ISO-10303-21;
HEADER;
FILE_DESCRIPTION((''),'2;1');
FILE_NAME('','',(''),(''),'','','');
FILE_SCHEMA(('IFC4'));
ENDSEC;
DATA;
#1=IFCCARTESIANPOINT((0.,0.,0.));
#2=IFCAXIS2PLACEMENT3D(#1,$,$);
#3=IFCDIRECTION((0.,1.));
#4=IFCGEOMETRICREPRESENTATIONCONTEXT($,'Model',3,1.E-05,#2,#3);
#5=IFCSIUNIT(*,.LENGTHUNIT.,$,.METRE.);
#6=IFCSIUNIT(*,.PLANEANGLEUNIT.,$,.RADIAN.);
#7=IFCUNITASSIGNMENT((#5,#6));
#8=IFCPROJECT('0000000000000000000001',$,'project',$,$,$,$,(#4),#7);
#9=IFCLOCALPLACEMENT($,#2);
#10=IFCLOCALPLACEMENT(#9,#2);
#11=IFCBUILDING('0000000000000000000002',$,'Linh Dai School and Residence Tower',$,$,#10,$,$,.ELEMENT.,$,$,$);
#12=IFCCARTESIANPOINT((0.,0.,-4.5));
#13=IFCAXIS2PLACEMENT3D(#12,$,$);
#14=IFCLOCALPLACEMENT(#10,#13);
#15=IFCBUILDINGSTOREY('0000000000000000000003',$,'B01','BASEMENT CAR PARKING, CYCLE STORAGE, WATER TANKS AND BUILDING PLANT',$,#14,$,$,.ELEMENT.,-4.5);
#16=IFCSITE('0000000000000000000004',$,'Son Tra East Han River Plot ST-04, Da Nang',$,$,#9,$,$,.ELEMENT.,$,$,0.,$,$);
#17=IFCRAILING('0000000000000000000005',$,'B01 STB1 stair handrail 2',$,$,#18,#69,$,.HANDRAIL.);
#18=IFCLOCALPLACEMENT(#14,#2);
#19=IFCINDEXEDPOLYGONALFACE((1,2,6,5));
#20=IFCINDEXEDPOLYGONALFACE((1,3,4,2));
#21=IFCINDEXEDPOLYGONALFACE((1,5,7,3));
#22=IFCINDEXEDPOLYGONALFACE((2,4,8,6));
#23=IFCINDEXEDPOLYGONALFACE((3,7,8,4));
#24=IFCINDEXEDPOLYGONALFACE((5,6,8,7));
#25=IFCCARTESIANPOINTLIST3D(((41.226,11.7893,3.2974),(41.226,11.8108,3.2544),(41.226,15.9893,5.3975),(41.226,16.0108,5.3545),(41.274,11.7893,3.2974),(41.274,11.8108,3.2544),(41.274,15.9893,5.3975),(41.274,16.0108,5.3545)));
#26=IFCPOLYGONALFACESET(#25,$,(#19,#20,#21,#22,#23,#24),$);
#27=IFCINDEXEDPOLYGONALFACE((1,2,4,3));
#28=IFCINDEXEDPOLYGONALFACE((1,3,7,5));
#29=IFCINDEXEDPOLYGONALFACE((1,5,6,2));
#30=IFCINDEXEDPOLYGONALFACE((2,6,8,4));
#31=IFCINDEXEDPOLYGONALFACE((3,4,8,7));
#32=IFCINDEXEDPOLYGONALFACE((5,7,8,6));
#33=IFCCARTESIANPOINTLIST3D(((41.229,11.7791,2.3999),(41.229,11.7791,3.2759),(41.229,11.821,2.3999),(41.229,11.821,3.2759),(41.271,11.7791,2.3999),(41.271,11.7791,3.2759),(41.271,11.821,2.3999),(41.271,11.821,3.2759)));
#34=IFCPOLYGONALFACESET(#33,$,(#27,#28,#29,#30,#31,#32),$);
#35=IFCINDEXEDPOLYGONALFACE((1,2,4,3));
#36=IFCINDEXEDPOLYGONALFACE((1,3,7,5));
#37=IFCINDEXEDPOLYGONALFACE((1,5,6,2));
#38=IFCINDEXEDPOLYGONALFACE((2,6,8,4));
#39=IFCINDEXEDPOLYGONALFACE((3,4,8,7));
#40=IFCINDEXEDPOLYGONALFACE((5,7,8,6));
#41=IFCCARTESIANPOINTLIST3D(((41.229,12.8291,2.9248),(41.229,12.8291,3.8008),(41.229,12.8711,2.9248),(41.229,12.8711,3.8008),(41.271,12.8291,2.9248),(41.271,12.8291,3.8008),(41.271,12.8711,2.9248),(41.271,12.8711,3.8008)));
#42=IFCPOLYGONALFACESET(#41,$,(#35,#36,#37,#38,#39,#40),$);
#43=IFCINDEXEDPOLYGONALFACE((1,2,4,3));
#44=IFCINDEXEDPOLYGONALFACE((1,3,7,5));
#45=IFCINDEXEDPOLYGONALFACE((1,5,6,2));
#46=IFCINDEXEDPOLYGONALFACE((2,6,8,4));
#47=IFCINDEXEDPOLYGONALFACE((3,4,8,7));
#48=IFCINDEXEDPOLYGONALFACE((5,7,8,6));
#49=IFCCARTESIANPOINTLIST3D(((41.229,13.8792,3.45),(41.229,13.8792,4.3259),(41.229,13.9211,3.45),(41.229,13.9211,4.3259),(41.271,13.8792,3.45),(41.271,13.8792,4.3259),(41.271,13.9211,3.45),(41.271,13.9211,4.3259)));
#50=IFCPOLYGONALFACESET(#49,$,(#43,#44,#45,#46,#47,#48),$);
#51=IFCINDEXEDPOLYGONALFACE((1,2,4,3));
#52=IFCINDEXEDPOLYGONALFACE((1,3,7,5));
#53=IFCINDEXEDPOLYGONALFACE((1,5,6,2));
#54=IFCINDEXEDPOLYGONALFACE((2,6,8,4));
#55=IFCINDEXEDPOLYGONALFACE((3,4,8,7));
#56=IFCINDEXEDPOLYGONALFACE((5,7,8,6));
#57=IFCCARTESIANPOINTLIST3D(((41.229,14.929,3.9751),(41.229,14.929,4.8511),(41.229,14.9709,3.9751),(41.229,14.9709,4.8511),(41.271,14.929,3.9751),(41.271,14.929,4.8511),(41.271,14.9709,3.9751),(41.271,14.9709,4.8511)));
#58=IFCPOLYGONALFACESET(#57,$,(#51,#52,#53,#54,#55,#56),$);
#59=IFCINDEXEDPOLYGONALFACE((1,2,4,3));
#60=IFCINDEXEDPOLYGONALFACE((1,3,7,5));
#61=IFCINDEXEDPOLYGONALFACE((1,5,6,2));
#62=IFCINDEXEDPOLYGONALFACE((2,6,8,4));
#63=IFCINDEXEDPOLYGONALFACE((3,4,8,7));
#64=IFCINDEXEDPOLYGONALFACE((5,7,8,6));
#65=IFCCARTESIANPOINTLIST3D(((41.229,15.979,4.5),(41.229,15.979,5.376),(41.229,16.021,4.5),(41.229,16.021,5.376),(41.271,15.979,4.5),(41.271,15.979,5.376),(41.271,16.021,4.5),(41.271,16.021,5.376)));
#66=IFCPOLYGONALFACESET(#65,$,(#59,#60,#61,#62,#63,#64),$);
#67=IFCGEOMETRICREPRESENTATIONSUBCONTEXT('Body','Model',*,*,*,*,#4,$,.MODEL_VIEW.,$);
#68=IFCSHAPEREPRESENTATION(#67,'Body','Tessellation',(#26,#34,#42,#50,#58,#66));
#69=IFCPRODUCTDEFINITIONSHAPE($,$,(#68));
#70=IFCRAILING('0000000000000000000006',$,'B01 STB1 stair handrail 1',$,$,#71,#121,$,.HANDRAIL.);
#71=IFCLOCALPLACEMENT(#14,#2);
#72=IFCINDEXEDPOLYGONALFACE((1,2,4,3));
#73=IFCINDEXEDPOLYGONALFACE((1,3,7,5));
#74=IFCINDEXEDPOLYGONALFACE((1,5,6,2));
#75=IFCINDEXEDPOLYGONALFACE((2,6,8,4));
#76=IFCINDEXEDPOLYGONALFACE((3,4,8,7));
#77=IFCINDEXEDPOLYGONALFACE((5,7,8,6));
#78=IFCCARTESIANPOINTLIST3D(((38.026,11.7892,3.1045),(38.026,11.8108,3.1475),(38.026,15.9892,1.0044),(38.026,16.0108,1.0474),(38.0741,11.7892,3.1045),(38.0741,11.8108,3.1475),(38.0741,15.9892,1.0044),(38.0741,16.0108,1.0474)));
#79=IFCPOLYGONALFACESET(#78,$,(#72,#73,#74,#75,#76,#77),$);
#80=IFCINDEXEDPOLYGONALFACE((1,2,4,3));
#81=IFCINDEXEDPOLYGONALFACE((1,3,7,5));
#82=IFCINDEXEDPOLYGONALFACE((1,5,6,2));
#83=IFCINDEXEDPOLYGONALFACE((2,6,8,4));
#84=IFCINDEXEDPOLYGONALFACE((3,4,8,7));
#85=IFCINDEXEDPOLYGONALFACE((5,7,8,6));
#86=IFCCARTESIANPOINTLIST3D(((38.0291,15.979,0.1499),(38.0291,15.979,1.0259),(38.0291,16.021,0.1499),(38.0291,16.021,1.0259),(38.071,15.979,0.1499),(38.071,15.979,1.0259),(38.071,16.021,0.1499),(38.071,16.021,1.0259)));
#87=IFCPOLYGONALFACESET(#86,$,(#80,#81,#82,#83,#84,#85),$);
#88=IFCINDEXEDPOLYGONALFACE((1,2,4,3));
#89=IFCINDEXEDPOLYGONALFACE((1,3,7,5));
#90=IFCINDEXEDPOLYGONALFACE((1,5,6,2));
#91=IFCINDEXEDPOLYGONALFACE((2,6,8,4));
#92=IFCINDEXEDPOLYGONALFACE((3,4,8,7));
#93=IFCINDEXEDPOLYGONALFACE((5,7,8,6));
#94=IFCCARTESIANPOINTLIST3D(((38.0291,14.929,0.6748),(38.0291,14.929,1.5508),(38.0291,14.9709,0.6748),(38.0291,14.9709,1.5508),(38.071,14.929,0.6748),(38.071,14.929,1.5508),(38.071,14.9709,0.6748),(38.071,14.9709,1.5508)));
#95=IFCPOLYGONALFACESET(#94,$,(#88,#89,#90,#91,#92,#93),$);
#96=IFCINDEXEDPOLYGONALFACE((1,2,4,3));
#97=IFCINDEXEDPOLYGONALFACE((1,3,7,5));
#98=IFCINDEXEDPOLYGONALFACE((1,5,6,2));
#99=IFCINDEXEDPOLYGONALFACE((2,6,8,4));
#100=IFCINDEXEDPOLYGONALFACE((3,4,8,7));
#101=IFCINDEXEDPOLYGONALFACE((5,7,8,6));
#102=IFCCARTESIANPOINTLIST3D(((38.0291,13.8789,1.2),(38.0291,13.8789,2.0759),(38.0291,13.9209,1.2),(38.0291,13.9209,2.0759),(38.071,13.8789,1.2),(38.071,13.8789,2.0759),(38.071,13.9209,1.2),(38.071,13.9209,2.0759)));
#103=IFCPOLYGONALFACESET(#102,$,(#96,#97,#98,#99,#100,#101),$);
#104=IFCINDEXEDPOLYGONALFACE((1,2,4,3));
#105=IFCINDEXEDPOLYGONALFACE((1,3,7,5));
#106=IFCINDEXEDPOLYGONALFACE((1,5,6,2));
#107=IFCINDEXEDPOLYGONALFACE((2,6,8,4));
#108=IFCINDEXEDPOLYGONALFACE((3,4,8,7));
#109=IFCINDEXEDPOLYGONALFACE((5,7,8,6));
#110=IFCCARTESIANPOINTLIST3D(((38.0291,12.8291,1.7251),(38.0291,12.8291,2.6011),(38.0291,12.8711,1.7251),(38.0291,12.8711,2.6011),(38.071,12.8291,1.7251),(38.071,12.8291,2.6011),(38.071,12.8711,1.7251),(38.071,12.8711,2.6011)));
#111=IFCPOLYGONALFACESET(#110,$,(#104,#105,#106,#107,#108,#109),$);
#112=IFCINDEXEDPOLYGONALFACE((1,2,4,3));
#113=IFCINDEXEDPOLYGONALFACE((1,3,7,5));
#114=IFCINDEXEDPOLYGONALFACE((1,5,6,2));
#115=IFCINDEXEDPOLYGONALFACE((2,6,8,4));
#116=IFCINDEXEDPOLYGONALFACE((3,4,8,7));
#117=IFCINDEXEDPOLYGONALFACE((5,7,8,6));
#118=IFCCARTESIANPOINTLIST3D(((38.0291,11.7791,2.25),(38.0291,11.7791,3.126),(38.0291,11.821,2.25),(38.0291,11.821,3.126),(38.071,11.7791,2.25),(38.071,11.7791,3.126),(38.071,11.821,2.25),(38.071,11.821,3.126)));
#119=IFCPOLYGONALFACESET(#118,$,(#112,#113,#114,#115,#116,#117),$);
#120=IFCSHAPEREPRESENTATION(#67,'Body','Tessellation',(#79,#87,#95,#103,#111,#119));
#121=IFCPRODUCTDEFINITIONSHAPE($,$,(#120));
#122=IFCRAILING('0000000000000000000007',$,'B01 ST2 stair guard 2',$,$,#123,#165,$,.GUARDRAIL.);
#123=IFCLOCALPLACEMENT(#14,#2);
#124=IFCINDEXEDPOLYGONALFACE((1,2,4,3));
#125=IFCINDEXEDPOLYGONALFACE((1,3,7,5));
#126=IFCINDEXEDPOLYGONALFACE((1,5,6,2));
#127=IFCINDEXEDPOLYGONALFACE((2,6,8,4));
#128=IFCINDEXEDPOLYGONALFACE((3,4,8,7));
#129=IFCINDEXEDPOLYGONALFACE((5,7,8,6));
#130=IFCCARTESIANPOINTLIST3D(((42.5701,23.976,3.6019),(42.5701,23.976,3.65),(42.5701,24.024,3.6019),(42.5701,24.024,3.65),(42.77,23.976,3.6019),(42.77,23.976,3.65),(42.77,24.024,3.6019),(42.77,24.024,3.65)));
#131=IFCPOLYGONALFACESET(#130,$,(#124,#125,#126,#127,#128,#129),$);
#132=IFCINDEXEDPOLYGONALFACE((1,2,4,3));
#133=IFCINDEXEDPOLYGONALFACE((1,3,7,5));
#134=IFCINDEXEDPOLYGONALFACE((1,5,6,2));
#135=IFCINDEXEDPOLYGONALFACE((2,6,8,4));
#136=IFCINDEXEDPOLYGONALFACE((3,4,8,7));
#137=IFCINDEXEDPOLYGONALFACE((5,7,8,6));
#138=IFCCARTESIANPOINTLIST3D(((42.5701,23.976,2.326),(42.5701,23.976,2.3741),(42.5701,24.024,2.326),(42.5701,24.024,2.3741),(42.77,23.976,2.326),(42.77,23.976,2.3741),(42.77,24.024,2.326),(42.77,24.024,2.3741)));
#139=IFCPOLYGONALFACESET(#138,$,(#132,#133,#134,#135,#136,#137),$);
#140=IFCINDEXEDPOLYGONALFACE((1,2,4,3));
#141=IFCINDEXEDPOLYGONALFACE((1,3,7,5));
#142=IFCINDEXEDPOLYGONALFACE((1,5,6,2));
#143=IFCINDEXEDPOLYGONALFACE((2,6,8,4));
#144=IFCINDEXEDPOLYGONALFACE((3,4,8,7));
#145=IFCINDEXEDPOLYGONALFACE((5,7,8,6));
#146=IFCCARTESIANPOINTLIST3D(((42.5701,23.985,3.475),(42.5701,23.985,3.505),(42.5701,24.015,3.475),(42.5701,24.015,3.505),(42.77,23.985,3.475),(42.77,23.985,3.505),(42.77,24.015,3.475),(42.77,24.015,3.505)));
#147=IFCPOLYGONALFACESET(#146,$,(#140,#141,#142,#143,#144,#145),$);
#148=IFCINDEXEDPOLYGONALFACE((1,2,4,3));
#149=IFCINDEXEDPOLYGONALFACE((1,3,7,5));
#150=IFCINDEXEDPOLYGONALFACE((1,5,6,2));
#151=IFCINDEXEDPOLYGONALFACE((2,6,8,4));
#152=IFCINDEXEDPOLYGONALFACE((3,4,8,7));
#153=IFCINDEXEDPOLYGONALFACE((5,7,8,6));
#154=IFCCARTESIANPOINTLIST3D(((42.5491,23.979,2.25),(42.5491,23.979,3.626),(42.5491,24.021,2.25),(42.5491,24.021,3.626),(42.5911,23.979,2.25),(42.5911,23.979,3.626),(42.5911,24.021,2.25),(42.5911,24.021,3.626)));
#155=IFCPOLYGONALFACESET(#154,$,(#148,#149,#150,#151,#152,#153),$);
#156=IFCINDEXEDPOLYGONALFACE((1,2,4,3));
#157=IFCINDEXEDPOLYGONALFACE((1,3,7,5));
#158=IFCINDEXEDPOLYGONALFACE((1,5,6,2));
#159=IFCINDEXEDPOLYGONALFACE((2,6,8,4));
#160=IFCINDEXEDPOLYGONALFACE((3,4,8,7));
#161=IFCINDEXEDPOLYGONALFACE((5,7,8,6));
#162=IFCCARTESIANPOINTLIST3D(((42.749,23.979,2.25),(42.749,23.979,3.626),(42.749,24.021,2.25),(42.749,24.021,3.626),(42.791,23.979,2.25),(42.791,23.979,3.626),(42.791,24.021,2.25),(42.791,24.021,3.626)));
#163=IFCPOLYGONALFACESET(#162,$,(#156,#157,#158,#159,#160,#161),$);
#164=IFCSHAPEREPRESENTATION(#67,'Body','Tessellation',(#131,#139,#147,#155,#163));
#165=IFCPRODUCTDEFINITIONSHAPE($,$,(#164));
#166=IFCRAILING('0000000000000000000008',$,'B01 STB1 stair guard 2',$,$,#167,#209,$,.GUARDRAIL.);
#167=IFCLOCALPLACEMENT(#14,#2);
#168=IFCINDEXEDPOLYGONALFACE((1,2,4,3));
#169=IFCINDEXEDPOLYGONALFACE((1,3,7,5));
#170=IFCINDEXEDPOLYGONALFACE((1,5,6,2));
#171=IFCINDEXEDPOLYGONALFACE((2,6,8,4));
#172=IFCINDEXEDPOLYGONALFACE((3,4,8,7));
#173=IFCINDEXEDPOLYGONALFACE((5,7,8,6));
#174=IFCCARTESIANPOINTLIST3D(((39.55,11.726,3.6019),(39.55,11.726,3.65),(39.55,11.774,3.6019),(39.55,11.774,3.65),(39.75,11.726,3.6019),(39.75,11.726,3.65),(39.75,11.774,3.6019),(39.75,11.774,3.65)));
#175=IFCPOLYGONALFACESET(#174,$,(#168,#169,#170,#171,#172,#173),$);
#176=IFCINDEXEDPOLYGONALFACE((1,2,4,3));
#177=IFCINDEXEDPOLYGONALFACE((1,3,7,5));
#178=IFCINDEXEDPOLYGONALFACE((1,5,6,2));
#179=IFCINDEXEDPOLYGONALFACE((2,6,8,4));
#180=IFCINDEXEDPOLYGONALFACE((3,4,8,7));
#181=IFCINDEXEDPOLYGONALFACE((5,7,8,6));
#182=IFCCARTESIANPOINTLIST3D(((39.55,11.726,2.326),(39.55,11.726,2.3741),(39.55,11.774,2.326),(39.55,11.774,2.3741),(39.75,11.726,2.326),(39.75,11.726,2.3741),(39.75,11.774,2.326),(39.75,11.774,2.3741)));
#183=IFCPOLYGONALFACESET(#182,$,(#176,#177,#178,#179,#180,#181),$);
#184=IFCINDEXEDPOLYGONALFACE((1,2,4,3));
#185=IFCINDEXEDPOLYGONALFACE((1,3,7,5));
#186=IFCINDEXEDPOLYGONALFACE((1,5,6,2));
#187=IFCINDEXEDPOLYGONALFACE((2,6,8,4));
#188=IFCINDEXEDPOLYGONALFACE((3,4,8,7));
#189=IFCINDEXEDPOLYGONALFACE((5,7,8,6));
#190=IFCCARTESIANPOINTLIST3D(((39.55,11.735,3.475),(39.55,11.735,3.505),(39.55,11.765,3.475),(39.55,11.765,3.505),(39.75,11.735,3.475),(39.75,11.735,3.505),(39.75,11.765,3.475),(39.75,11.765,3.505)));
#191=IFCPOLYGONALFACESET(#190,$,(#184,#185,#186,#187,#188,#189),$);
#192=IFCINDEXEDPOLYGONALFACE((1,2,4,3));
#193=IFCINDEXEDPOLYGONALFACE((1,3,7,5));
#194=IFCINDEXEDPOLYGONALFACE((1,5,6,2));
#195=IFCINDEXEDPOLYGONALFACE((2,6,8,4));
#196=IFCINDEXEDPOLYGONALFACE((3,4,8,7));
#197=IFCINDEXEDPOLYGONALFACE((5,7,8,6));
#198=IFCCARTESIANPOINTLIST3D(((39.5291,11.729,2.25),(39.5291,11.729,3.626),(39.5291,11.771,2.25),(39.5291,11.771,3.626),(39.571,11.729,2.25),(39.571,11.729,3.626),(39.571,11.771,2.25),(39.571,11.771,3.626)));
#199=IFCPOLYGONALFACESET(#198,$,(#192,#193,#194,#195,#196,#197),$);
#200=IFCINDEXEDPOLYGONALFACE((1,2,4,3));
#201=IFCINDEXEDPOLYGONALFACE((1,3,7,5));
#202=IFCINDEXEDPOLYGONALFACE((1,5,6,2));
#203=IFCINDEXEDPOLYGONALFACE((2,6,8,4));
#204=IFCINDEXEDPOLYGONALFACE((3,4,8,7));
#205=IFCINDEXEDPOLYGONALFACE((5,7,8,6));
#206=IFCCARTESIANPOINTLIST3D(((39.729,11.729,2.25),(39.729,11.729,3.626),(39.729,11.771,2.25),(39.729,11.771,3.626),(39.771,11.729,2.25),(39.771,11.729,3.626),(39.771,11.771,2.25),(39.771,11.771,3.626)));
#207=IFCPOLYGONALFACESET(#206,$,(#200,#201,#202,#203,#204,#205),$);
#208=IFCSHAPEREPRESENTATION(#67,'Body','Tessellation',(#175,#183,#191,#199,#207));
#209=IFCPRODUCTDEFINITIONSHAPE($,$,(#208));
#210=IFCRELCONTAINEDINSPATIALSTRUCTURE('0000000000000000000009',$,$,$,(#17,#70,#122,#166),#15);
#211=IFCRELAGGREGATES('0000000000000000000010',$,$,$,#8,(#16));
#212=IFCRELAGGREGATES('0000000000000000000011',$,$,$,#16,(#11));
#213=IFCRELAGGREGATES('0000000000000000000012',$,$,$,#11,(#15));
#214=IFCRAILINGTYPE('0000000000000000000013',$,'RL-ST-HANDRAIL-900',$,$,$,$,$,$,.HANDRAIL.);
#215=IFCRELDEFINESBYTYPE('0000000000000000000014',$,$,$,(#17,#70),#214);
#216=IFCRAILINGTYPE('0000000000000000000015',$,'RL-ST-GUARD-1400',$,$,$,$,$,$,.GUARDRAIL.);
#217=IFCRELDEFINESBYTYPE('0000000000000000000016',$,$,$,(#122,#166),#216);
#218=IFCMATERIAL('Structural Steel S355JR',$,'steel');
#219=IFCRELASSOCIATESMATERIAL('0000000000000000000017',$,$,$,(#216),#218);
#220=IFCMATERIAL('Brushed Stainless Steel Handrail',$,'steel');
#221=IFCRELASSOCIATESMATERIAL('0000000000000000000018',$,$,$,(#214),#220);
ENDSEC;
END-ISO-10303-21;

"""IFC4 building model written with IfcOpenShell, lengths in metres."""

from ifc_helpers import new_model, si_unit, direction, frame, origin, origin_2d, place, context, subcontext, project, spatial, rectangle, extrude, source, transform, mapped, material, type_object, element, save


model = new_model("IFC4")

# Units and contexts
model_context = context("Model", 3, precision=1e-05, world=origin(), true_north=direction((0.0, 1.0)))
body_context = subcontext(model_context, "Body", "Model", "MODEL_VIEW")
ifc_project = project(units=[si_unit("LENGTHUNIT", "METRE"), si_unit("PLANEANGLEUNIT", "RADIAN")], contexts=[model_context])

# Site, building, storey
site_placement = place(None, origin())
site = spatial("IfcSite", under=ifc_project, at=site_placement, Name="Son Tra East Han River Plot ST-04, Da Nang", CompositionType="ELEMENT", RefElevation=0.0)
building_placement = place(site_placement, origin())
building = spatial("IfcBuilding", under=site, at=building_placement, Name="Linh Dai School and Residence Tower", CompositionType="ELEMENT")
storey_placement = place(building_placement, frame((0.0, 0.0, -4.5)))
storey = spatial("IfcBuildingStorey", under=building, at=storey_placement, Name="B01", Description="BASEMENT CAR PARKING, CYCLE STORAGE, WATER TANKS AND BUILDING PLANT", CompositionType="ELEMENT", Elevation=-4.5)

# Shared definitions
ifc_material_1 = material(Name="Structural Steel S355JR", Category="steel")

# Railings
railing_type_1 = type_object("IfcRailingType", Name="RL-ST-GUARD-1400", PredefinedType="GUARDRAIL", material=ifc_material_1)
ifc_material_2 = material(Name="Brushed Stainless Steel Handrail", Category="steel")
railing_type_2 = type_object("IfcRailingType", Name="RL-ST-HANDRAIL-900", PredefinedType="HANDRAIL", material=ifc_material_2)
shared_shape_1 = source(origin(), body_context, "Body", "SweptSolid", [
    extrude(rectangle(XDim=0.0481, YDim=0.0481, at=origin_2d()), frame((0.0, 0.0, 0.876), z_axis=(0.0, 0.894417, 0.447234), x_axis=(-1.0, 0.0, 0.0)), (0.0, 0.0, 1.0), 4.6958),
    extrude(rectangle(XDim=0.042, YDim=0.042, at=origin_2d()), origin(), (0.0, 0.0, 1.0), 0.876),
    extrude(rectangle(XDim=0.042, YDim=0.042, at=origin_2d()), frame((0.0, 1.05, 0.5249)), (0.0, 0.0, 1.0), 0.876),
    extrude(rectangle(XDim=0.042, YDim=0.042, at=origin_2d()), frame((0.0, 2.1001, 1.05)), (0.0, 0.0, 1.0), 0.876),
    extrude(rectangle(XDim=0.042, YDim=0.042, at=origin_2d()), frame((0.0, 3.1499, 1.5752)), (0.0, 0.0, 1.0), 0.876),
    extrude(rectangle(XDim=0.042, YDim=0.042, at=origin_2d()), frame((0.0, 4.2, 2.1001)), (0.0, 0.0, 1.0), 0.876),
])
railing_1_placement = place(storey_placement, frame((41.25, 11.8, 2.3999)))
element("IfcRailing", 1, at=railing_1_placement, inside=storey, type_object=railing_type_2, Name="B01 STB1 stair handrail 2", PredefinedType="HANDRAIL", context=body_context, shape_type="MappedRepresentation", body=[
    mapped(shared_shape_1, transform((0.0, 0.0, 0.0), x_axis=(1.0, 0.0, 0.0), y_axis=(0.0, 1.0, 0.0), z_axis=(0.0, 0.0, 1.0), scale=1.0)),
])
shared_shape_2 = source(origin(), body_context, "Body", "SweptSolid", [
    extrude(rectangle(XDim=0.0481, YDim=0.0481, at=origin_2d()), frame((0.0, 0.0, 0.876), z_axis=(0.0, -0.894417, 0.447234), x_axis=(1.0, 0.0, 0.0)), (0.0, 0.0, 1.0), 4.6958),
    extrude(rectangle(XDim=0.042, YDim=0.042, at=origin_2d()), origin(), (0.0, 0.0, 1.0), 0.876),
    extrude(rectangle(XDim=0.042, YDim=0.042, at=origin_2d()), frame((0.0, -1.05, 0.5249)), (0.0, 0.0, 1.0), 0.876),
    extrude(rectangle(XDim=0.042, YDim=0.042, at=origin_2d()), frame((0.0, -2.1001, 1.05)), (0.0, 0.0, 1.0), 0.876),
    extrude(rectangle(XDim=0.042, YDim=0.042, at=origin_2d()), frame((0.0, -3.1499, 1.5752)), (0.0, 0.0, 1.0), 0.876),
    extrude(rectangle(XDim=0.042, YDim=0.042, at=origin_2d()), frame((0.0, -4.2, 2.1001)), (0.0, 0.0, 1.0), 0.876),
])
railing_2_placement = place(storey_placement, frame((38.05, 16.0, 0.1499)))
element("IfcRailing", 2, at=railing_2_placement, inside=storey, type_object=railing_type_2, Name="B01 STB1 stair handrail 1", PredefinedType="HANDRAIL", context=body_context, shape_type="MappedRepresentation", body=[
    mapped(shared_shape_2, transform((0.0, 0.0, 0.0), x_axis=(1.0, 0.0, 0.0), y_axis=(0.0, 1.0, 0.0), z_axis=(0.0, 0.0, 1.0), scale=1.0)),
])
shared_shape_3 = source(origin(), body_context, "Body", "SweptSolid", [
    extrude(rectangle(XDim=0.0481, YDim=0.0481, at=origin_2d()), frame((0.0, 0.0, 1.376), z_axis=(1.0, 0.0, 0.0), x_axis=(0.0, 1.0, 0.0)), (0.0, 0.0, 1.0), 0.2),
    extrude(rectangle(XDim=0.0481, YDim=0.0481, at=origin_2d()), frame((0.0, 0.0, 0.1001), z_axis=(1.0, 0.0, 0.0), x_axis=(0.0, 1.0, 0.0)), (0.0, 0.0, 1.0), 0.2),
    extrude(rectangle(XDim=0.03, YDim=0.03, at=origin_2d()), frame((0.0, 0.0, 1.24), z_axis=(1.0, 0.0, 0.0), x_axis=(0.0, 1.0, 0.0)), (0.0, 0.0, 1.0), 0.2),
    extrude(rectangle(XDim=0.042, YDim=0.042, at=origin_2d()), origin(), (0.0, 0.0, 1.0), 1.376),
    extrude(rectangle(XDim=0.042, YDim=0.042, at=origin_2d()), frame((0.2, 0.0, 0.0)), (0.0, 0.0, 1.0), 1.376),
])
for number, where, name in (
    (3, (42.5701, 24.0, 2.25), "B01 ST2 stair guard 2"),
    (4, (39.55, 11.75, 2.25), "B01 STB1 stair guard 2"),
):
    element("IfcRailing", number, at=place(storey_placement, frame(where)), inside=storey, type_object=railing_type_1, Name=name, PredefinedType="GUARDRAIL", context=body_context, shape_type="MappedRepresentation", body=[
        mapped(shared_shape_3, transform((0.0, 0.0, 0.0), x_axis=(1.0, 0.0, 0.0), y_axis=(0.0, 1.0, 0.0), z_axis=(0.0, 0.0, 1.0), scale=1.0)),
    ])

save(model, "model.ifc")
